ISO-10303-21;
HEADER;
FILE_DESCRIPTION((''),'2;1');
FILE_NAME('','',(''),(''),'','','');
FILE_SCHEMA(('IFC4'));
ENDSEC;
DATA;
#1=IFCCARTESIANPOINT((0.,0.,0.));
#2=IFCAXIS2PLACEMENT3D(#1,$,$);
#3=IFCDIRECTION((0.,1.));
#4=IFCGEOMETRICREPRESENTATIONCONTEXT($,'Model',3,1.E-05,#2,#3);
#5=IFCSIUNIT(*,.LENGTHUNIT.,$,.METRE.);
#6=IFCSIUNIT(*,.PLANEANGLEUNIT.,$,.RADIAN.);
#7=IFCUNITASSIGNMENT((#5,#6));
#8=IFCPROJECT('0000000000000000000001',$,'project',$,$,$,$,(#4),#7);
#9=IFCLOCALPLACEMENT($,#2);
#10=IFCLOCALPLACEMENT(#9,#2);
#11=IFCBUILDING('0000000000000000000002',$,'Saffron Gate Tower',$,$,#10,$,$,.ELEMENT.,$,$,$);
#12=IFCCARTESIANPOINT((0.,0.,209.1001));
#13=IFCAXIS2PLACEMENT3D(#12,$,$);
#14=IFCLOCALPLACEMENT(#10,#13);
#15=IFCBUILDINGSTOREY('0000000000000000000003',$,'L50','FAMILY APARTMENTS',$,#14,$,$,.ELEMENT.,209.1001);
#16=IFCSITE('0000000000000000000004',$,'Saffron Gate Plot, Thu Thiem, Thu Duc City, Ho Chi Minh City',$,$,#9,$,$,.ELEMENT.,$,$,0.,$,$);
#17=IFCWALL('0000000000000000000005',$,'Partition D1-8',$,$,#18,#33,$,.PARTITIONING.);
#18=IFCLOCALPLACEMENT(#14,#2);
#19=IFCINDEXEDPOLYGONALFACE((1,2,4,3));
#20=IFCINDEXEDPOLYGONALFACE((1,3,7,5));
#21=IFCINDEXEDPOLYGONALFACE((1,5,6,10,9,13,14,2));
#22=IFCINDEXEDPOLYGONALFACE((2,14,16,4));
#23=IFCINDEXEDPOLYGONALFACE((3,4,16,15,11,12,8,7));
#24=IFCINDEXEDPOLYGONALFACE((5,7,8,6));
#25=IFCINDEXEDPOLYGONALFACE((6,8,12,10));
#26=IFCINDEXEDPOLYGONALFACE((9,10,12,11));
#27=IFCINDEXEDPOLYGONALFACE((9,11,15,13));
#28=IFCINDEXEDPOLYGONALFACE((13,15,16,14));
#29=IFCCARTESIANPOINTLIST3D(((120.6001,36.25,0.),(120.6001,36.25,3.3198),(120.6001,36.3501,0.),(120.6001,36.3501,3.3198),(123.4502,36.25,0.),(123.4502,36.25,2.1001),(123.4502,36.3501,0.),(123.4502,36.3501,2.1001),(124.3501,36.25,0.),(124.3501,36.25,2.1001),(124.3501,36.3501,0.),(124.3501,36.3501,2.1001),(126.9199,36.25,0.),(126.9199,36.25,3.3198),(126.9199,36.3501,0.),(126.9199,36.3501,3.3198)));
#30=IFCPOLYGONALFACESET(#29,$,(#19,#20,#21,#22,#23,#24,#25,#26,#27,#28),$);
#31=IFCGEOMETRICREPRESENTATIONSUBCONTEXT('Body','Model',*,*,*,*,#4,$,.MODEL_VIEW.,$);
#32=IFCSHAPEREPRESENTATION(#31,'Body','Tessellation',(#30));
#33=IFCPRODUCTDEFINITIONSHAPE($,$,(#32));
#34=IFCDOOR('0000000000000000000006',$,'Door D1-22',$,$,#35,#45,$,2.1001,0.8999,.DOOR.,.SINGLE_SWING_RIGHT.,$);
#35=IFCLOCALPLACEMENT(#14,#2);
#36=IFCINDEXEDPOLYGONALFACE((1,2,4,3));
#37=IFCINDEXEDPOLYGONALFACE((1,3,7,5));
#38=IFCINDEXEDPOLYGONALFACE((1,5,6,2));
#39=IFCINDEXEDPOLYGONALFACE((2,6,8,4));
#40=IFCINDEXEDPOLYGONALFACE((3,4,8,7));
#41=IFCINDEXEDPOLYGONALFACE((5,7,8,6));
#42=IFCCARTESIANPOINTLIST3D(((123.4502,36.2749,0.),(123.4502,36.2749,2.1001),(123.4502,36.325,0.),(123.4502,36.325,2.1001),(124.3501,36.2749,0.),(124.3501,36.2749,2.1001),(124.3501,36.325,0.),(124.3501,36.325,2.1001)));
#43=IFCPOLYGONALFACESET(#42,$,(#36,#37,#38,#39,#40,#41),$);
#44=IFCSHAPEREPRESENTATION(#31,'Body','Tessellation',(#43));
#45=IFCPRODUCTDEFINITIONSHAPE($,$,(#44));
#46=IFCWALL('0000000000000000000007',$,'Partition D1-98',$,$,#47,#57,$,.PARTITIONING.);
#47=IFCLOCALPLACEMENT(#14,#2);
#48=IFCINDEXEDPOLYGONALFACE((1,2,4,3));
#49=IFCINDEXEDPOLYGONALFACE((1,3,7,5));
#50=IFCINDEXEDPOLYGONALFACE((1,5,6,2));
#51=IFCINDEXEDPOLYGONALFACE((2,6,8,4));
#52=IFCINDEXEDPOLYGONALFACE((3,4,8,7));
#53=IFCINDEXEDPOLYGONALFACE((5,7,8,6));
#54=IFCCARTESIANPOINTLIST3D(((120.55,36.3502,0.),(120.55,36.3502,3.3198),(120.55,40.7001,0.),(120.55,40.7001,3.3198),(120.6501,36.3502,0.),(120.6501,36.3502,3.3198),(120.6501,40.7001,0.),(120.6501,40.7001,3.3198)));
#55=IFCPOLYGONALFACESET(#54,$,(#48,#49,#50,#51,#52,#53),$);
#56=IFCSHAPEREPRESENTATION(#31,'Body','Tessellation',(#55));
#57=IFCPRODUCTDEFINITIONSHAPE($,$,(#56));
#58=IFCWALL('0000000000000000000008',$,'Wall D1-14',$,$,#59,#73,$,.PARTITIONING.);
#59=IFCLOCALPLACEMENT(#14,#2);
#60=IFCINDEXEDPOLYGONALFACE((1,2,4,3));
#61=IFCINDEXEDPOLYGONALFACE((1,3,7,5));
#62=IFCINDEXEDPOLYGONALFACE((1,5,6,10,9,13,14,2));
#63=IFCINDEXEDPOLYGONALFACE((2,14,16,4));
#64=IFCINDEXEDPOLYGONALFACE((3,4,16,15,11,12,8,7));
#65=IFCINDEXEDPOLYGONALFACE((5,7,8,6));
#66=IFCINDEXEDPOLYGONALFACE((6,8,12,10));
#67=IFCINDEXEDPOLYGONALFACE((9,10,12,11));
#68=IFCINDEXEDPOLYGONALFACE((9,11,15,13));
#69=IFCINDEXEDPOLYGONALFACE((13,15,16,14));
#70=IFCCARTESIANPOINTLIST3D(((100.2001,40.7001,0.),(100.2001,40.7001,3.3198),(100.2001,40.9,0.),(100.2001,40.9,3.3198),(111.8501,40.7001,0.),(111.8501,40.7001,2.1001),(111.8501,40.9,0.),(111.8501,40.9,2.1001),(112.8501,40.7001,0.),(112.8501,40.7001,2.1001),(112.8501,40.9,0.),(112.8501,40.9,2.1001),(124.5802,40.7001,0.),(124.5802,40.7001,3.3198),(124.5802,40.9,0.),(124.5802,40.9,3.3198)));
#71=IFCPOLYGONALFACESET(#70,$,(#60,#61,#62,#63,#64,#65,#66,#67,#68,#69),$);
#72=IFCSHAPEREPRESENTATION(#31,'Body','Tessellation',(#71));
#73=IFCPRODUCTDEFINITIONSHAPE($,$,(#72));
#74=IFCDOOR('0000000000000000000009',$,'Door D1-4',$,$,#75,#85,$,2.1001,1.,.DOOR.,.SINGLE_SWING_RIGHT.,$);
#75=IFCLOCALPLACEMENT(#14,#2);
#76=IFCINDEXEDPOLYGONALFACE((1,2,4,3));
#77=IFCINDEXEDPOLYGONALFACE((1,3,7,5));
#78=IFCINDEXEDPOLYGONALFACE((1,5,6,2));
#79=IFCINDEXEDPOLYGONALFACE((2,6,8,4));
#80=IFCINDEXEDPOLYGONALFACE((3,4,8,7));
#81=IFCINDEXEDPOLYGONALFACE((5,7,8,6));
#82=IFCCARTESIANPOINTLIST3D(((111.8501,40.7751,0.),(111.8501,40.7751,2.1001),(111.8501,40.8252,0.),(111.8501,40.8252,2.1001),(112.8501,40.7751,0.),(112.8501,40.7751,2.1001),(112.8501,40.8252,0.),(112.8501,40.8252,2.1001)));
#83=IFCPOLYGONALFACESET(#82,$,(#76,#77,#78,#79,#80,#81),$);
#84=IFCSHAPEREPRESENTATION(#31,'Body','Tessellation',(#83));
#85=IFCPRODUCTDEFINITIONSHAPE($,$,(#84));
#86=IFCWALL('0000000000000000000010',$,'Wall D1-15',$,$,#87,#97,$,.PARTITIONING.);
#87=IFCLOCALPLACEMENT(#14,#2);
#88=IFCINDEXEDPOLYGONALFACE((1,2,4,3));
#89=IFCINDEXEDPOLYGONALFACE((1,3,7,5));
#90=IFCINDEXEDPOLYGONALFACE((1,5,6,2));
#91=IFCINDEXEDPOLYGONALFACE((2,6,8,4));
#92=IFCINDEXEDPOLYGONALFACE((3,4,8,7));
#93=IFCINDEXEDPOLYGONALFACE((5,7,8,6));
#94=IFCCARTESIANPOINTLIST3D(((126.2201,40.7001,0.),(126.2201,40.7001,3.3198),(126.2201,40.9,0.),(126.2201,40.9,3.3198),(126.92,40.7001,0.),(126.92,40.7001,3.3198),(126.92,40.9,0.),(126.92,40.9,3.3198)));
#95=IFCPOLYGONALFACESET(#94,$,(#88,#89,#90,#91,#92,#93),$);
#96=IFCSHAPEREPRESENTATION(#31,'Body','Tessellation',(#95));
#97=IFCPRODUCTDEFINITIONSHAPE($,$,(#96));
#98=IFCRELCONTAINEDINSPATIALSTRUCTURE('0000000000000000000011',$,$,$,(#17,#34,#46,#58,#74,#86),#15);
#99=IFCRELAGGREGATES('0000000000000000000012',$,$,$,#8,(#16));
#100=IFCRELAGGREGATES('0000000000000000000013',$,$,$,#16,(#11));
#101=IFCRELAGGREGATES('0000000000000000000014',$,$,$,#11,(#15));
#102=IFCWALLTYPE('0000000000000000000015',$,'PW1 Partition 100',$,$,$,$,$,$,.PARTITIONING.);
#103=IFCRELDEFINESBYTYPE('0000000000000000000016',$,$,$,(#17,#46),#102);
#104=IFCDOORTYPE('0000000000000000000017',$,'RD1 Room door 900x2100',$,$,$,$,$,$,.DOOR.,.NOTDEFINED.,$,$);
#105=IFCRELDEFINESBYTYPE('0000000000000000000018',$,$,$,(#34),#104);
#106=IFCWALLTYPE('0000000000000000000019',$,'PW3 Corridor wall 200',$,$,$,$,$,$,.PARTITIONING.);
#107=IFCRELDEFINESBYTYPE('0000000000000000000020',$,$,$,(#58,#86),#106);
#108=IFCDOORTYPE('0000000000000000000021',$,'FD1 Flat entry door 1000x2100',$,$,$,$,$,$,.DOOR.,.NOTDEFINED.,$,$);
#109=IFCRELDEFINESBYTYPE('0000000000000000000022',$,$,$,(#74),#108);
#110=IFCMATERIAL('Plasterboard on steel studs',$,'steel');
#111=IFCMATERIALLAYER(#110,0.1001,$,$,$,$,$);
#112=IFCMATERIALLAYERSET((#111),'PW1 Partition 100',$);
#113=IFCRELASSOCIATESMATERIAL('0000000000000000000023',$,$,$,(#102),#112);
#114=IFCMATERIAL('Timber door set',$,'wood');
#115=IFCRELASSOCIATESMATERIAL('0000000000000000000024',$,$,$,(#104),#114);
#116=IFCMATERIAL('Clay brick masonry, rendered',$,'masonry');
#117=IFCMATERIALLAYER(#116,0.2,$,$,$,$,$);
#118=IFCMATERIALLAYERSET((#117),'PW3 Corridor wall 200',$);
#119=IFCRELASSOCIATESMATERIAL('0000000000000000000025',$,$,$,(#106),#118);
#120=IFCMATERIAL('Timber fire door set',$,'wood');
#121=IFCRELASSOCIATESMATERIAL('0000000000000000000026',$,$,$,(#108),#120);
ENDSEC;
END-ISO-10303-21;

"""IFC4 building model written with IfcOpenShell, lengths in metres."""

from ifc_helpers import new_model, si_unit, direction, frame, frame_2d, origin, place, context, subcontext, project, spatial, rectangle, extrude, material, layer, layer_set, type_object, element, fill, save


model = new_model("IFC4")

# Units and contexts
model_context = context("Model", 3, precision=1e-05, world=origin(), true_north=direction((0.0, 1.0)))
body_context = subcontext(model_context, "Body", "Model", "MODEL_VIEW")
ifc_project = project(units=[si_unit("LENGTHUNIT", "METRE"), si_unit("PLANEANGLEUNIT", "RADIAN")], contexts=[model_context])

# Site, building, storey
site_placement = place(None, origin())
site = spatial("IfcSite", under=ifc_project, at=site_placement, Name="Saffron Gate Plot, Thu Thiem, Thu Duc City, Ho Chi Minh City", CompositionType="ELEMENT", RefElevation=0.0)
building_placement = place(site_placement, origin())
building = spatial("IfcBuilding", under=site, at=building_placement, Name="Saffron Gate Tower", CompositionType="ELEMENT")
storey_placement = place(building_placement, frame((0.0, 0.0, 209.1001)))
storey = spatial("IfcBuildingStorey", under=building, at=storey_placement, Name="L50", Description="FAMILY APARTMENTS", CompositionType="ELEMENT", Elevation=209.1001)

# Wall, opening, door
ifc_material_1 = material(Name="Plasterboard on steel studs", Category="steel")
ifc_layer_1 = layer(ifc_material_1, 0.1001)
ifc_layer_set_1 = layer_set([ifc_layer_1], Name="PW1 Partition 100")
wall_type_1 = type_object("IfcWallType", Name="PW1 Partition 100", PredefinedType="PARTITIONING", material=ifc_layer_set_1)
wall_1_placement = place(storey_placement, frame((120.6001, 36.3, 0.0), z_axis=(0.0, 0.0, 1.0), x_axis=(1.0, 0.0, 0.0)))
wall_1 = element("IfcWall", 1, at=wall_1_placement, inside=storey, type_object=wall_type_1, Name="Partition D1-8", PredefinedType="PARTITIONING", context=body_context, shape_type="SweptSolid", body=[
    extrude(rectangle(XDim=6.3198, YDim=0.1001, at=frame_2d((3.1599, 0.0))), origin(), (0.0, 0.0, 1.0), 3.3198),
])
opening_1_placement = place(wall_1_placement, frame((2.8501, 0.0, 0.0)))
opening_1 = element("IfcOpeningElement", 2, at=opening_1_placement, cuts=wall_1, PredefinedType="OPENING", context=body_context, shape_type="SweptSolid", body=[
    extrude(rectangle(XDim=0.8999, YDim=2.1001, at=frame_2d((0.45, 1.05))), frame((0.0, 0.0601, 0.0), z_axis=(0.0, -1.0, 0.0), x_axis=(1.0, 0.0, 0.0)), (0.0, 0.0, 1.0), 0.1201),
])
ifc_material_2 = material(Name="Timber door set", Category="wood")
door_type_1 = type_object("IfcDoorType", Name="RD1 Room door 900x2100", OperationType="NOTDEFINED", PredefinedType="DOOR", material=ifc_material_2)
door_1_placement = place(opening_1_placement, origin())
door_1 = element("IfcDoor", 3, at=door_1_placement, inside=storey, type_object=door_type_1, Name="Door D1-22", OperationType="SINGLE_SWING_RIGHT", OverallHeight=2.1001, OverallWidth=0.8999, PredefinedType="DOOR", context=body_context, shape_type="SweptSolid", body=[
    extrude(rectangle(XDim=0.8999, YDim=2.1001, at=frame_2d((0.45, 1.05))), frame((0.0, 0.0249, 0.0), z_axis=(0.0, -1.0, 0.0), x_axis=(1.0, 0.0, 0.0)), (0.0, 0.0, 1.0), 0.05),
])
fill(opening_1, door_1)

# Wall
wall_2_placement = place(storey_placement, frame((120.6001, 40.7, 0.0), z_axis=(0.0, 0.0, 1.0), x_axis=(0.0, -1.0, 0.0)))
element("IfcWall", 4, at=wall_2_placement, inside=storey, type_object=wall_type_1, Name="Partition D1-98", PredefinedType="PARTITIONING", context=body_context, shape_type="SweptSolid", body=[
    extrude(rectangle(XDim=4.3499, YDim=0.1001, at=frame_2d((2.1748, 0.0))), origin(), (0.0, 0.0, 1.0), 3.3198),
])

# Wall, opening, door
ifc_material_3 = material(Name="Clay brick masonry, rendered", Category="masonry")
ifc_layer_2 = layer(ifc_material_3, 0.2)
ifc_layer_set_2 = layer_set([ifc_layer_2], Name="PW3 Corridor wall 200")
wall_type_2 = type_object("IfcWallType", Name="PW3 Corridor wall 200", PredefinedType="PARTITIONING", material=ifc_layer_set_2)
wall_3_placement = place(storey_placement, frame((124.5801, 40.8, 0.0), z_axis=(0.0, 0.0, 1.0), x_axis=(-1.0, 0.0, 0.0)))
wall_3 = element("IfcWall", 5, at=wall_3_placement, inside=storey, type_object=wall_type_2, Name="Wall D1-14", PredefinedType="PARTITIONING", context=body_context, shape_type="SweptSolid", body=[
    extrude(rectangle(XDim=24.3801, YDim=0.2, at=frame_2d((12.1899, 0.0))), origin(), (0.0, 0.0, 1.0), 3.3198),
])
opening_2_placement = place(wall_3_placement, frame((11.73, 0.0, 0.0)))
opening_2 = element("IfcOpeningElement", 6, at=opening_2_placement, cuts=wall_3, PredefinedType="OPENING", context=body_context, shape_type="SweptSolid", body=[
    extrude(rectangle(XDim=1.0, YDim=2.1001, at=frame_2d((0.5, 1.05))), frame((0.0, 0.1099, 0.0), z_axis=(0.0, -1.0, 0.0), x_axis=(1.0, 0.0, 0.0)), (0.0, 0.0, 1.0), 0.22),
])
ifc_material_4 = material(Name="Timber fire door set", Category="wood")
door_type_2 = type_object("IfcDoorType", Name="FD1 Flat entry door 1000x2100", OperationType="NOTDEFINED", PredefinedType="DOOR", material=ifc_material_4)
door_2_placement = place(opening_2_placement, origin())
door_2 = element("IfcDoor", 7, at=door_2_placement, inside=storey, type_object=door_type_2, Name="Door D1-4", OperationType="SINGLE_SWING_RIGHT", OverallHeight=2.1001, OverallWidth=1.0, PredefinedType="DOOR", context=body_context, shape_type="SweptSolid", body=[
    extrude(rectangle(XDim=1.0, YDim=2.1001, at=frame_2d((0.5, 1.05))), frame((0.0, 0.0249, 0.0), z_axis=(0.0, -1.0, 0.0), x_axis=(1.0, 0.0, 0.0)), (0.0, 0.0, 1.0), 0.05),
])
fill(opening_2, door_2)

# Wall
wall_4_placement = place(storey_placement, frame((126.22, 40.8, 0.0), z_axis=(0.0, 0.0, 1.0), x_axis=(1.0, 0.0, 0.0)))
element("IfcWall", 8, at=wall_4_placement, inside=storey, type_object=wall_type_2, Name="Wall D1-15", PredefinedType="PARTITIONING", context=body_context, shape_type="SweptSolid", body=[
    extrude(rectangle(XDim=0.7, YDim=0.2, at=frame_2d((0.3501, 0.0))), origin(), (0.0, 0.0, 1.0), 3.3198),
])

save(model, "model.ifc")
